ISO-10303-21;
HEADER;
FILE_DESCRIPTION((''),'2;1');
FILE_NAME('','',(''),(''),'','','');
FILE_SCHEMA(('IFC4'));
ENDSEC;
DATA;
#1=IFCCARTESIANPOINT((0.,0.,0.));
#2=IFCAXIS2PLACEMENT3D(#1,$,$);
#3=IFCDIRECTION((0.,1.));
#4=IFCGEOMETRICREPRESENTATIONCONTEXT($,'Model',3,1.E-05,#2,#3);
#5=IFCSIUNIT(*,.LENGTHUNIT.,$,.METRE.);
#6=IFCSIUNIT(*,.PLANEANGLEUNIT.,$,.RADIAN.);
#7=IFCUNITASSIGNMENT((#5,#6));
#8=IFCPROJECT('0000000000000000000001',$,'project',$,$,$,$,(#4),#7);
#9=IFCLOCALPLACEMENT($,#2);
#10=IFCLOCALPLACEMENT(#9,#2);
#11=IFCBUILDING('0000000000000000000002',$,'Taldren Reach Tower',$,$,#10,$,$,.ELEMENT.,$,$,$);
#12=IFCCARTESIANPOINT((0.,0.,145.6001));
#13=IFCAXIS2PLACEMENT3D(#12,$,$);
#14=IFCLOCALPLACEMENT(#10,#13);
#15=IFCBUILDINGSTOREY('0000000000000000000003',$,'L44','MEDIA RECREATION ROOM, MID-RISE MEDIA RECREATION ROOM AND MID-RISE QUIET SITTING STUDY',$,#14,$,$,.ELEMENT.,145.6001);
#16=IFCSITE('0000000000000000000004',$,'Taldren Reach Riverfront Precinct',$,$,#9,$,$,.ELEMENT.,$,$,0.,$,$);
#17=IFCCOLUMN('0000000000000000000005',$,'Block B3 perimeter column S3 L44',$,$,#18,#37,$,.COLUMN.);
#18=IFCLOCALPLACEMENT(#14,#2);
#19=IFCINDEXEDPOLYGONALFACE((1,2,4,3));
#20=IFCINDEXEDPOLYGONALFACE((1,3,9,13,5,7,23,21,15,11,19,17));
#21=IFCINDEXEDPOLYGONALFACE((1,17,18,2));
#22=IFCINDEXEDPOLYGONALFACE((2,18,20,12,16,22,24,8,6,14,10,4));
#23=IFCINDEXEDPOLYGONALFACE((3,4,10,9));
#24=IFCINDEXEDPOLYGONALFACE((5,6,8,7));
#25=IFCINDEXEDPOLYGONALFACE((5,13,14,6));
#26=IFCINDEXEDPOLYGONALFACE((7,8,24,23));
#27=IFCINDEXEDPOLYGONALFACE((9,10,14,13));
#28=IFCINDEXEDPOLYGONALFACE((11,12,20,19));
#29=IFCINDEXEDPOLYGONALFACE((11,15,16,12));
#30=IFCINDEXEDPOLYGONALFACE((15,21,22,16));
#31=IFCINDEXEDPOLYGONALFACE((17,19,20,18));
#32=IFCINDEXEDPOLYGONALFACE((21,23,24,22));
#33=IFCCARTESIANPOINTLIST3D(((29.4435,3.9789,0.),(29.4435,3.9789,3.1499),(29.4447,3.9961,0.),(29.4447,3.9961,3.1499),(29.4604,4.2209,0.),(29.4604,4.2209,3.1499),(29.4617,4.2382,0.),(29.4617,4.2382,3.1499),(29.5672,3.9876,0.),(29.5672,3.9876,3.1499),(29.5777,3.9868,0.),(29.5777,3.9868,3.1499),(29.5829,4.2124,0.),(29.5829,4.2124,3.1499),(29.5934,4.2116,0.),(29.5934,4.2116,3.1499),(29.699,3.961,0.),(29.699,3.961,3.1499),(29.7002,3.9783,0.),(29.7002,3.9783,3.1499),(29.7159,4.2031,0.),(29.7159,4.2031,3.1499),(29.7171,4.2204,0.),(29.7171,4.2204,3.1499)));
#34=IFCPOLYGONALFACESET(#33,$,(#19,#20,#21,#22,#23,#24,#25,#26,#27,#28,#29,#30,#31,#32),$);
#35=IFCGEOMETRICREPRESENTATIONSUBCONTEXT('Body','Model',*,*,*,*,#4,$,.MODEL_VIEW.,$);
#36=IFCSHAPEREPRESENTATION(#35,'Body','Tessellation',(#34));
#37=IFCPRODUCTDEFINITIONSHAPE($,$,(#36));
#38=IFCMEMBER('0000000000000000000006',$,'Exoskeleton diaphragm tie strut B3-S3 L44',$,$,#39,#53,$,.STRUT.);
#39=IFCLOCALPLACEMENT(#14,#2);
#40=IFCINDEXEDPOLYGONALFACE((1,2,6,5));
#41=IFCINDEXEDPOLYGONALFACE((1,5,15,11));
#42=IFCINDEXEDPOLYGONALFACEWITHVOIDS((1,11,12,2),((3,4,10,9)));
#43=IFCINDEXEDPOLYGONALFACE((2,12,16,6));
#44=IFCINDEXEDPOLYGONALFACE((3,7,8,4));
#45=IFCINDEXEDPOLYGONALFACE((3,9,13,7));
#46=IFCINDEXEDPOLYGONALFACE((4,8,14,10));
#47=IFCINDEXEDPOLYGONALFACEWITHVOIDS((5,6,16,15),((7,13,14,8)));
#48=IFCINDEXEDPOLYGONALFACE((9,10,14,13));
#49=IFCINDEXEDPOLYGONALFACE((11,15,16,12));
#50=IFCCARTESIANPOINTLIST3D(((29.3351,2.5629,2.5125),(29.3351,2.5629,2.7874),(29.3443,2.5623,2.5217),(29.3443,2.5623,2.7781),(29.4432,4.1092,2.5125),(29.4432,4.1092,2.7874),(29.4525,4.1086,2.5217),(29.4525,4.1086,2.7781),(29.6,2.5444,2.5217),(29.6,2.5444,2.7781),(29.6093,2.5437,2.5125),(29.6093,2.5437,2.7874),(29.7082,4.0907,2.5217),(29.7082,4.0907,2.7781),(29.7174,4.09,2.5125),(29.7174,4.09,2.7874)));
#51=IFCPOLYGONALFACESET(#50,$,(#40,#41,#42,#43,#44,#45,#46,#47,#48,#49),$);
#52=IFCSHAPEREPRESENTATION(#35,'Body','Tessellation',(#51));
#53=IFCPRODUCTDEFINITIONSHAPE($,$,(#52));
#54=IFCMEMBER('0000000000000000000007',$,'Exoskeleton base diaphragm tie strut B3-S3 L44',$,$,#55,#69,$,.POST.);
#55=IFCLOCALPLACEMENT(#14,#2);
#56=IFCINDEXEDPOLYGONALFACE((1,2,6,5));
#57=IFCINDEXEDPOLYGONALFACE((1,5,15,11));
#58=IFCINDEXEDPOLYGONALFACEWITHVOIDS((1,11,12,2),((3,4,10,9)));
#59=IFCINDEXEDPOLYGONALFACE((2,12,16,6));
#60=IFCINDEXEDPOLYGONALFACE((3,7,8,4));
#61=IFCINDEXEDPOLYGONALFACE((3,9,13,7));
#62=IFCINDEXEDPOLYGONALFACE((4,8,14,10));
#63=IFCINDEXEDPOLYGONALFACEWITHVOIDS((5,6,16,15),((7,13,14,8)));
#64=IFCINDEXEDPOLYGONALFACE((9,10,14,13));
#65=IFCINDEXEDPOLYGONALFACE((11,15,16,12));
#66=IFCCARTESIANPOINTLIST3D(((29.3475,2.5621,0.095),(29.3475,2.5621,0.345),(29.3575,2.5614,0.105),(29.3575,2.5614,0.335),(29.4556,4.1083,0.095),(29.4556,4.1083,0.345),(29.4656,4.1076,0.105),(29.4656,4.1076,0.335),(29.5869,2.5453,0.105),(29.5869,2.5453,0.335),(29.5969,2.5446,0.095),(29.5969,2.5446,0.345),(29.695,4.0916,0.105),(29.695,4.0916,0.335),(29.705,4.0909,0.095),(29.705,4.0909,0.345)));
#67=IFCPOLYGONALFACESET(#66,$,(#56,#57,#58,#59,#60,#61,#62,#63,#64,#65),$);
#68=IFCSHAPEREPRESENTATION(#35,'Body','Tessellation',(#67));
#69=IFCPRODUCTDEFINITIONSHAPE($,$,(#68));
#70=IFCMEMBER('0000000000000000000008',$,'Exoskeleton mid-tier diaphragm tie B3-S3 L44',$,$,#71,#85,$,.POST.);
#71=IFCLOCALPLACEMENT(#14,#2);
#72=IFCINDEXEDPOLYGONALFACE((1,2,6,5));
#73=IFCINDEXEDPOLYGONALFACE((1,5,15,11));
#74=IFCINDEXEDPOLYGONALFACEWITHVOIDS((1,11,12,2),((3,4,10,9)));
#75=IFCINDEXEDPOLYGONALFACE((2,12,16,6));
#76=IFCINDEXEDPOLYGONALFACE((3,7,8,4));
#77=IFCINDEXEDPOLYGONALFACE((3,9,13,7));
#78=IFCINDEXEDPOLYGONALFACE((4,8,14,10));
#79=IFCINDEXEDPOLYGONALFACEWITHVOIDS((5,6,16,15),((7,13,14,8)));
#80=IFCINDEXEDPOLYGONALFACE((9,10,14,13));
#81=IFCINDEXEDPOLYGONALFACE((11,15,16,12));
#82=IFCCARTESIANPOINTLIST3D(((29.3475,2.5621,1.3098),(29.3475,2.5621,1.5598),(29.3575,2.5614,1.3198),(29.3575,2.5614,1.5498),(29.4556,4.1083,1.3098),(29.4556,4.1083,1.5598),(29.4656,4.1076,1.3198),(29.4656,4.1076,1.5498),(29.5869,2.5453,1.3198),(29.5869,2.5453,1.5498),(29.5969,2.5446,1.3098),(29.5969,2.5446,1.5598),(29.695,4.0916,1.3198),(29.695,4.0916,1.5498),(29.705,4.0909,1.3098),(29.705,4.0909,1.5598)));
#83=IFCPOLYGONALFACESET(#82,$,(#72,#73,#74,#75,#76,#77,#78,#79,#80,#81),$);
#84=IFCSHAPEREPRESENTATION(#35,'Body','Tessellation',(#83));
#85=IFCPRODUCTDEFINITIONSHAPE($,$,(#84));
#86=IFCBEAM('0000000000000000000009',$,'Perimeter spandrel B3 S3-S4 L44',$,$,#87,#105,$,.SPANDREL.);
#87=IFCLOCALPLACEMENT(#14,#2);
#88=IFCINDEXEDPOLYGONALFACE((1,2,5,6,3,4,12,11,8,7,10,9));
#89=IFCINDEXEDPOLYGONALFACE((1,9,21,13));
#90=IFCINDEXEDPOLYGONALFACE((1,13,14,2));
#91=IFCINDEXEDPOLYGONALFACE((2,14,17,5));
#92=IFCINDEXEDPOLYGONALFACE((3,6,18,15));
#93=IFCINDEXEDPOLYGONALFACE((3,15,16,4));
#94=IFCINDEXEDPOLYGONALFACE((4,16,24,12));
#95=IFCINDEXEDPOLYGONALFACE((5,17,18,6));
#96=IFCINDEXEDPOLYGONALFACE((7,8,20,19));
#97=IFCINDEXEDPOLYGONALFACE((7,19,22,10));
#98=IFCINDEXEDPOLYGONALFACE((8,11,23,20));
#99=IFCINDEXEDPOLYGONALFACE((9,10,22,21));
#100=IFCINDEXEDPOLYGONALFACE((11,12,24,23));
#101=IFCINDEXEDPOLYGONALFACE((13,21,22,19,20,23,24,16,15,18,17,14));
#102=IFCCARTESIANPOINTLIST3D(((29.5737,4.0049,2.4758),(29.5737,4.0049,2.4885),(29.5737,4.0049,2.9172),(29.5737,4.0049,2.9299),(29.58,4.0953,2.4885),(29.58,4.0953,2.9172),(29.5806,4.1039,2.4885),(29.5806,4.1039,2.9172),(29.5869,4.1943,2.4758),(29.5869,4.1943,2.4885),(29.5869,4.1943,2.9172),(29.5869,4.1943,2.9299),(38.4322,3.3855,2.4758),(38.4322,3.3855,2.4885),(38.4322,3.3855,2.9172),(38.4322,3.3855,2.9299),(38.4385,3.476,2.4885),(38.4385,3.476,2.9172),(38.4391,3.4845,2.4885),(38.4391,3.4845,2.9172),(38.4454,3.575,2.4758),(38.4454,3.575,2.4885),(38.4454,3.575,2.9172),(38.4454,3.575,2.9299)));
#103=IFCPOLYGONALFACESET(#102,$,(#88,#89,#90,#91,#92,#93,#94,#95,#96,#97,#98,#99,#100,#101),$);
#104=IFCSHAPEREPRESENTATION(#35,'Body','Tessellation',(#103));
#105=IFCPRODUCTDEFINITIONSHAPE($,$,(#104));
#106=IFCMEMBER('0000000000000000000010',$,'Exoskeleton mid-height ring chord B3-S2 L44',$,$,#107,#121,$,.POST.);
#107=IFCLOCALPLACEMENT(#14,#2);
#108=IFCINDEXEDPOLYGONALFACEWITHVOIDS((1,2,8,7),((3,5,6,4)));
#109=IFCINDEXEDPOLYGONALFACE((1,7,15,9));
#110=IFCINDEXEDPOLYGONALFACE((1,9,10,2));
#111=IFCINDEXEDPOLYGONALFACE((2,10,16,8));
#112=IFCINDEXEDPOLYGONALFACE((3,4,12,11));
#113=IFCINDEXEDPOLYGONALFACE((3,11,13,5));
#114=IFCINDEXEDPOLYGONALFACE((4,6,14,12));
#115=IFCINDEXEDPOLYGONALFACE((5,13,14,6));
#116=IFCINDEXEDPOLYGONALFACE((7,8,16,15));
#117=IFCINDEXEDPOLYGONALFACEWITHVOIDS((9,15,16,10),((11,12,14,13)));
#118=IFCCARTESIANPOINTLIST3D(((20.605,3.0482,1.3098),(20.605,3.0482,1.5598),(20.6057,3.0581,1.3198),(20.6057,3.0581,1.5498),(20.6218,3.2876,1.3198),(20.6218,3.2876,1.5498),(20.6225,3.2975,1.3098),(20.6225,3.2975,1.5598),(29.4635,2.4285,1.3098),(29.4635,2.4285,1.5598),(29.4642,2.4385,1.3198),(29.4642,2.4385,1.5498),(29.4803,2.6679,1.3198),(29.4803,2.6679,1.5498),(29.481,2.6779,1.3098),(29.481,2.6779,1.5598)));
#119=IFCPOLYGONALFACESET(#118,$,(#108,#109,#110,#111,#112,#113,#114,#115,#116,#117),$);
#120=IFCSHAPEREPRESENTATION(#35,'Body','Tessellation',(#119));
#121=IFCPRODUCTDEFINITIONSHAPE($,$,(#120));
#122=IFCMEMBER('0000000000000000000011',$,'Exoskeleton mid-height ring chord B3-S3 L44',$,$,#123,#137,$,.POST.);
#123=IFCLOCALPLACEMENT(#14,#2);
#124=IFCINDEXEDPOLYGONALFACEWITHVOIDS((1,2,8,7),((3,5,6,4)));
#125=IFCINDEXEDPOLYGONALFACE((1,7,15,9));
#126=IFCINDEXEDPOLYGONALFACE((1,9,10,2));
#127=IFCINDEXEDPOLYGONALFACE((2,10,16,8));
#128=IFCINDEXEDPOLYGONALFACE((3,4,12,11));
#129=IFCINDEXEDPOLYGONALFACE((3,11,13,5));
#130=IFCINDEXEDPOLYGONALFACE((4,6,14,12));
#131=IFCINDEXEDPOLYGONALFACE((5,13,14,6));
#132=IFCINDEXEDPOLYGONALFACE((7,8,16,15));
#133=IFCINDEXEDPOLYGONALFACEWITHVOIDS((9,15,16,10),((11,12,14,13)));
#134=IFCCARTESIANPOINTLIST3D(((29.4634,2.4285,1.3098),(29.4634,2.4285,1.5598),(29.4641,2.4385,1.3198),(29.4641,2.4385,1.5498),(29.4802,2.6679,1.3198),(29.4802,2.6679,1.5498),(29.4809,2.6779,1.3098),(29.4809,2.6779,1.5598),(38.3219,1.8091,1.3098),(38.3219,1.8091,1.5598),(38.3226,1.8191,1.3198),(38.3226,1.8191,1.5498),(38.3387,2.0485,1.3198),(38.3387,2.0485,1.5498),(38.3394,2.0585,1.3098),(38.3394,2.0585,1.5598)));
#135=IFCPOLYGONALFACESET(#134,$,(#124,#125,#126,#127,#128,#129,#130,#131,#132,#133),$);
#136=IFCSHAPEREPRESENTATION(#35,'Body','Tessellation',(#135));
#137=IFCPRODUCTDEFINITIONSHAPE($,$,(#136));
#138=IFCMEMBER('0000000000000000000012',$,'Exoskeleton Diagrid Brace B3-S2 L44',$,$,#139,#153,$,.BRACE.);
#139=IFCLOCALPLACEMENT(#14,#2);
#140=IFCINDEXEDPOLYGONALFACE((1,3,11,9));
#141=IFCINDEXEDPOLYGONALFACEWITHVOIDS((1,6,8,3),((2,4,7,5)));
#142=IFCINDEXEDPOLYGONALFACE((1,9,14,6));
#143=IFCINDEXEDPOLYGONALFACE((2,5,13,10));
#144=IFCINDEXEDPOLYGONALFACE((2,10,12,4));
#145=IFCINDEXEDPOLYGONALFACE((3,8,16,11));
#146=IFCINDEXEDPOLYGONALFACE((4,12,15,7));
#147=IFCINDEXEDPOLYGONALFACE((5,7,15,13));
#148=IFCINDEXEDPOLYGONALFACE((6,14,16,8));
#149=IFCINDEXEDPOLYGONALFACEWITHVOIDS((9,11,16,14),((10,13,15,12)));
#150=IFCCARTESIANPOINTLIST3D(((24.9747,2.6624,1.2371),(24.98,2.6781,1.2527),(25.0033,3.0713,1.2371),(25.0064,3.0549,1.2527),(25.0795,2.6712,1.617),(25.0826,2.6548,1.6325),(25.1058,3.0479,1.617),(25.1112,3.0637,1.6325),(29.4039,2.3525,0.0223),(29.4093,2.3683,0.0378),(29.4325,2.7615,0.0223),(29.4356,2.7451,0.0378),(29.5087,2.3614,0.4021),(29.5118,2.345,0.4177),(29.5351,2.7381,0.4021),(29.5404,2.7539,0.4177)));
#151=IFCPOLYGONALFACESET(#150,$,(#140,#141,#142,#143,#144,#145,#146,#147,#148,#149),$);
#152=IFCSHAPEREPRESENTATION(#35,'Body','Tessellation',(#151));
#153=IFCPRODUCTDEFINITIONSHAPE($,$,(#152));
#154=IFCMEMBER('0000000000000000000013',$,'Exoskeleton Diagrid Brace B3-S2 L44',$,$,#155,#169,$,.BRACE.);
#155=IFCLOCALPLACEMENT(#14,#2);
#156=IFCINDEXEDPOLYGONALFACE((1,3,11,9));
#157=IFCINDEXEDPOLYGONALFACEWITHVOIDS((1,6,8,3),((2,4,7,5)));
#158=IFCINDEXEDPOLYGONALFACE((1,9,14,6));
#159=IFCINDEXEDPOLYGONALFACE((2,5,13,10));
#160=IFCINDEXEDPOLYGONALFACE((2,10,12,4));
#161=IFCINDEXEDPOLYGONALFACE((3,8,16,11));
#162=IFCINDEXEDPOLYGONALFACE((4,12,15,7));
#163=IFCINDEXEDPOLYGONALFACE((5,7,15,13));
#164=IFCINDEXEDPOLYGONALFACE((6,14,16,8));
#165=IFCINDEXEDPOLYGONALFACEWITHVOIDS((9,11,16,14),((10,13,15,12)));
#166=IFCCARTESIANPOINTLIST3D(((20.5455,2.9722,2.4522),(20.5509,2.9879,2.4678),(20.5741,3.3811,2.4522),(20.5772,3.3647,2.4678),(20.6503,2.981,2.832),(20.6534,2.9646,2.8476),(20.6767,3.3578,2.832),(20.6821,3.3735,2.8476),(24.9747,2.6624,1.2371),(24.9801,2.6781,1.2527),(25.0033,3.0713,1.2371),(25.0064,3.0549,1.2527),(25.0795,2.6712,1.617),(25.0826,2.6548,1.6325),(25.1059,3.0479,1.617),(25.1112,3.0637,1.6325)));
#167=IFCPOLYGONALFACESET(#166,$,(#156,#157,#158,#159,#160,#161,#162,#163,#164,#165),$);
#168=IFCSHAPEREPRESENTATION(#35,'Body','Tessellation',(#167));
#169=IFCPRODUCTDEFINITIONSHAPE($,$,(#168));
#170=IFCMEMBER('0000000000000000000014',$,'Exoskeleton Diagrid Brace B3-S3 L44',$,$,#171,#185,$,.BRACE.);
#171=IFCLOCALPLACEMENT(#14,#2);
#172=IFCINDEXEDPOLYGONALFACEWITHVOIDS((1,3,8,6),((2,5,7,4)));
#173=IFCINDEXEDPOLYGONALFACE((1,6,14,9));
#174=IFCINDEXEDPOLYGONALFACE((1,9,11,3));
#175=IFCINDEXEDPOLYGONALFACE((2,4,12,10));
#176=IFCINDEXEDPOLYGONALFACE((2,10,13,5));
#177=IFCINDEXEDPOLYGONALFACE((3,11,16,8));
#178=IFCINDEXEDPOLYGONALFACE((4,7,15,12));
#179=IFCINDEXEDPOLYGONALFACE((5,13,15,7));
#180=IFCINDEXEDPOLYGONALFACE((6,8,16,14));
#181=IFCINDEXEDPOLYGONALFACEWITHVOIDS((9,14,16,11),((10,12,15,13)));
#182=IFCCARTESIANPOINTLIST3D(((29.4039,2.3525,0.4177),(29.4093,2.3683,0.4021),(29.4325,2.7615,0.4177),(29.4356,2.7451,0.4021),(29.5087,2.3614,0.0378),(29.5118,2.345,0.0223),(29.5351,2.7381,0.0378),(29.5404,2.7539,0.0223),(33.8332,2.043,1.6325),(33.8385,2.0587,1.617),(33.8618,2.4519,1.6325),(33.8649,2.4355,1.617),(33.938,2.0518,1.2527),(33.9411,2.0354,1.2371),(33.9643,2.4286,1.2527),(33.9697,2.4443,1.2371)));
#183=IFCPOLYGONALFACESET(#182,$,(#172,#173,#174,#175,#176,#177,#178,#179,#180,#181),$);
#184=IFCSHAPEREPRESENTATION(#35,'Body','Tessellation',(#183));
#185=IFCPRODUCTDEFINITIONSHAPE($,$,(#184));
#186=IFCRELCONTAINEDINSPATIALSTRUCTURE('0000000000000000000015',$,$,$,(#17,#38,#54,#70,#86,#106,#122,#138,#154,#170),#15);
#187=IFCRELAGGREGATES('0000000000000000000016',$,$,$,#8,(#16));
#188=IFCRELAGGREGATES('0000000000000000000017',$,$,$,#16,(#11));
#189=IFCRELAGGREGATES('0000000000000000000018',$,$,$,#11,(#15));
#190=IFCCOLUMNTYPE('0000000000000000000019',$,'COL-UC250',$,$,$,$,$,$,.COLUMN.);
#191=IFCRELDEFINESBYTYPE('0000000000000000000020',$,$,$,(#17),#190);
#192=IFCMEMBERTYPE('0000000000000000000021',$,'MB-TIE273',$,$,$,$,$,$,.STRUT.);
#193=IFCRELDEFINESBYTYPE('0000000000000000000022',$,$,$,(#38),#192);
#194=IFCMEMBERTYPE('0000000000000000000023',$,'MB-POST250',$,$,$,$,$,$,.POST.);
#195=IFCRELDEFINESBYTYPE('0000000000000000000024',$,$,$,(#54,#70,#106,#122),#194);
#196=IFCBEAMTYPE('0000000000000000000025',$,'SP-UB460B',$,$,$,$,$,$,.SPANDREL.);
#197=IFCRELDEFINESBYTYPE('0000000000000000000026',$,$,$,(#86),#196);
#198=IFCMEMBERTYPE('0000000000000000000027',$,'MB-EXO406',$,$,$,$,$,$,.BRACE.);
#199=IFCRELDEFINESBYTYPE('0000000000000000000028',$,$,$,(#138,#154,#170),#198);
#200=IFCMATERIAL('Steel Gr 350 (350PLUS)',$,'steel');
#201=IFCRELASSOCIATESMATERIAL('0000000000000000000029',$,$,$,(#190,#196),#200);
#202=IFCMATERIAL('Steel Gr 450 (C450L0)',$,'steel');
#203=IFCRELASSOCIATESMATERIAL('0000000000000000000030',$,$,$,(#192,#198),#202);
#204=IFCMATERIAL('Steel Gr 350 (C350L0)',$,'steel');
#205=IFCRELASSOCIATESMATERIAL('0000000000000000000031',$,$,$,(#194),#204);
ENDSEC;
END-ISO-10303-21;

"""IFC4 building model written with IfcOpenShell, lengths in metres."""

from ifc_helpers import new_model, si_unit, direction, frame, origin, origin_2d, place, context, subcontext, project, spatial, hollow_rectangle, i_section, extrude, source, transform, mapped, material, material_profile, profile_set, type_object, element, save


model = new_model("IFC4")

# Units and contexts
model_context = context("Model", 3, precision=1e-05, world=origin(), true_north=direction((0.0, 1.0)))
body_context = subcontext(model_context, "Body", "Model", "MODEL_VIEW")
ifc_project = project(units=[si_unit("LENGTHUNIT", "METRE"), si_unit("PLANEANGLEUNIT", "RADIAN")], contexts=[model_context])

# Site, building, storey
site_placement = place(None, origin())
site = spatial("IfcSite", under=ifc_project, at=site_placement, Name="Taldren Reach Riverfront Precinct", CompositionType="ELEMENT", RefElevation=0.0)
building_placement = place(site_placement, origin())
building = spatial("IfcBuilding", under=site, at=building_placement, Name="Taldren Reach Tower", CompositionType="ELEMENT")
storey_placement = place(building_placement, frame((0.0, 0.0, 145.6001)))
storey = spatial("IfcBuildingStorey", under=building, at=storey_placement, Name="L44", Description="MEDIA RECREATION ROOM, MID-RISE MEDIA RECREATION ROOM AND MID-RISE QUIET SITTING STUDY", CompositionType="ELEMENT", Elevation=145.6001)

# Column
ifc_material_1 = material(Name="Steel Gr 350 (350PLUS)", Category="steel")
ifc_material_profile_1 = material_profile(ifc_material_1, i_section(OverallWidth=0.2561, OverallDepth=0.26, WebThickness=0.0105, FlangeThickness=0.0173, at=origin_2d()), Name="250UC89.5")
ifc_profile_set_1 = profile_set([ifc_material_profile_1], Name="Steel Gr 350 (350PLUS)")
column_type = type_object("IfcColumnType", Name="COL-UC250", PredefinedType="COLUMN", material=ifc_profile_set_1)
shared_shape_1 = source(origin(), body_context, "Body", "SweptSolid", [
    extrude(i_section(OverallWidth=0.2561, OverallDepth=0.26, WebThickness=0.0105, FlangeThickness=0.0173, at=origin_2d()), origin(), (0.0, 0.0, 1.0), 3.1499),
])
column_placement = place(storey_placement, frame((29.5803, 4.0996, 0.0), z_axis=(0.0, 0.0, 1.0), x_axis=(0.997564, -0.069756, 0.0)))
element("IfcColumn", 1, at=column_placement, inside=storey, type_object=column_type, Name="Block B3 perimeter column S3 L44", PredefinedType="COLUMN", context=body_context, shape_type="MappedRepresentation", body=[
    mapped(shared_shape_1, transform((0.0, 0.0, 0.0), scale=1.0)),
])

# Members
ifc_material_2 = material(Name="Steel Gr 450 (C450L0)", Category="steel")
ifc_material_profile_2 = material_profile(ifc_material_2, hollow_rectangle(XDim=0.2749, YDim=0.2749, WallThickness=0.0093, at=origin_2d()), Name="275x275x9.3SHS")
ifc_profile_set_2 = profile_set([ifc_material_profile_2], Name="Steel Gr 450 (C450L0)")
member_type_1 = type_object("IfcMemberType", Name="MB-TIE273", PredefinedType="STRUT", material=ifc_profile_set_2)
shared_shape_2 = source(origin(), body_context, "Body", "SweptSolid", [
    extrude(hollow_rectangle(XDim=0.2749, YDim=0.2749, WallThickness=0.0093, at=origin_2d()), origin(), (0.0, 0.0, 1.0), 1.55),
])
member_1_placement = place(storey_placement, frame((29.5803, 4.0996, 2.6499), z_axis=(-0.06977, -0.997563, 0.0), x_axis=(0.997563, -0.06977, 0.0)))
element("IfcMember", 2, at=member_1_placement, inside=storey, type_object=member_type_1, Name="Exoskeleton diaphragm tie strut B3-S3 L44", PredefinedType="STRUT", context=body_context, shape_type="MappedRepresentation", body=[
    mapped(shared_shape_2, transform((0.0, 0.0, 0.0), scale=1.0)),
])
ifc_material_3 = material(Name="Steel Gr 350 (C350L0)", Category="steel")
ifc_material_profile_3 = material_profile(ifc_material_3, hollow_rectangle(XDim=0.25, YDim=0.25, WallThickness=0.01, at=origin_2d()), Name="250x250x10.0SHS")
ifc_profile_set_3 = profile_set([ifc_material_profile_3], Name="Steel Gr 350 (C350L0)")
member_type_2 = type_object("IfcMemberType", Name="MB-POST250", PredefinedType="POST", material=ifc_profile_set_3)
shared_shape_3 = source(origin(), body_context, "Body", "SweptSolid", [
    extrude(hollow_rectangle(XDim=0.25, YDim=0.25, WallThickness=0.01, at=origin_2d()), origin(), (0.0, 0.0, 1.0), 1.55),
])
for number, where, z_axis, x_axis, name in (
    (3, (29.5803, 4.0996, 0.22), (-0.06977, -0.997563, 0.0), (0.997563, -0.06977, 0.0), "Exoskeleton base diaphragm tie strut B3-S3 L44"),
    (4, (29.5803, 4.0996, 1.4348), (-0.06977, -0.997563, 0.0), (0.997563, -0.06977, 0.0), "Exoskeleton mid-tier diaphragm tie B3-S3 L44"),
):
    element("IfcMember", number, at=place(storey_placement, frame(where, z_axis=z_axis, x_axis=x_axis)), inside=storey, type_object=member_type_2, Name=name, PredefinedType="POST", context=body_context, shape_type="MappedRepresentation", body=[
        mapped(shared_shape_3, transform((0.0, 0.0, 0.0), scale=1.0)),
    ])

# Beam
ifc_material_profile_4 = material_profile(ifc_material_1, i_section(OverallWidth=0.1899, OverallDepth=0.4541, WebThickness=0.0085, FlangeThickness=0.0127, at=origin_2d()), Name="460UB67.1")
ifc_profile_set_4 = profile_set([ifc_material_profile_4], Name="Steel Gr 350 (350PLUS)")
beam_type = type_object("IfcBeamType", Name="SP-UB460B", PredefinedType="SPANDREL", material=ifc_profile_set_4)
shared_shape_4 = source(origin(), body_context, "Body", "SweptSolid", [
    extrude(i_section(OverallWidth=0.1899, OverallDepth=0.4541, WebThickness=0.0085, FlangeThickness=0.0127, at=origin_2d()), origin(), (0.0, 0.0, 1.0), 8.8801),
])
beam_placement = place(storey_placement, frame((29.5803, 4.0996, 2.7029), z_axis=(0.997564, -0.06975, 0.0), x_axis=(0.06975, 0.997564, 0.0)))
element("IfcBeam", 5, at=beam_placement, inside=storey, type_object=beam_type, Name="Perimeter spandrel B3 S3-S4 L44", PredefinedType="SPANDREL", context=body_context, shape_type="MappedRepresentation", body=[
    mapped(shared_shape_4, transform((0.0, 0.0, 0.0), scale=1.0)),
])

# Members
shared_shape_5 = source(origin(), body_context, "Body", "SweptSolid", [
    extrude(hollow_rectangle(XDim=0.25, YDim=0.25, WallThickness=0.01, at=origin_2d()), origin(), (0.0, 0.0, 1.0), 8.8801),
])
for number, where, z_axis, x_axis, name in (
    (6, (20.6138, 3.1729, 1.4348), (0.997563, -0.069778, 0.0), (0.069778, 0.997563, 0.0), "Exoskeleton mid-height ring chord B3-S2 L44"),
    (7, (29.4722, 2.5532, 1.4348), (0.997564, -0.06975, 0.0), (0.06975, 0.997564, 0.0), "Exoskeleton mid-height ring chord B3-S3 L44"),
):
    element("IfcMember", number, at=place(storey_placement, frame(where, z_axis=z_axis, x_axis=x_axis)), inside=storey, type_object=member_type_2, Name=name, PredefinedType="POST", context=body_context, shape_type="MappedRepresentation", body=[
        mapped(shared_shape_5, transform((0.0, 0.0, 0.0), scale=1.0)),
    ])
ifc_material_profile_5 = material_profile(ifc_material_2, hollow_rectangle(XDim=0.4099, YDim=0.4099, WallThickness=0.0161, at=origin_2d()), Name="410x410x16.0SHS")
ifc_profile_set_5 = profile_set([ifc_material_profile_5], Name="Steel Gr 450 (C450L0)")
member_type_3 = type_object("IfcMemberType", Name="MB-EXO406", PredefinedType="BRACE", material=ifc_profile_set_5)
shared_shape_6 = source(origin(), body_context, "Body", "SweptSolid", [
    extrude(hollow_rectangle(XDim=0.4099, YDim=0.4099, WallThickness=0.0161, at=origin_2d()), origin(), (0.0, 0.0, 1.0), 4.6033),
])
for number, where, z_axis, x_axis, name in (
    (8, (29.4722, 2.5532, 0.22), (-0.962196, 0.067304, 0.263912), (-0.069778, -0.997563, 0.0), "Exoskeleton Diagrid Brace B3-S2 L44"),
    (9, (25.043, 2.863, 1.4348), (-0.962182, 0.067303, 0.263961), (-0.069778, -0.997563, 0.0), "Exoskeleton Diagrid Brace B3-S2 L44"),
    (10, (29.4722, 2.5532, 0.22), (0.962199, -0.067251, 0.263913), (0.069723, 0.997566, 0.0), "Exoskeleton Diagrid Brace B3-S3 L44"),
):
    element("IfcMember", number, at=place(storey_placement, frame(where, z_axis=z_axis, x_axis=x_axis)), inside=storey, type_object=member_type_3, Name=name, PredefinedType="BRACE", context=body_context, shape_type="MappedRepresentation", body=[
        mapped(shared_shape_6, transform((0.0, 0.0, 0.0), scale=1.0)),
    ])

save(model, "model.ifc")
